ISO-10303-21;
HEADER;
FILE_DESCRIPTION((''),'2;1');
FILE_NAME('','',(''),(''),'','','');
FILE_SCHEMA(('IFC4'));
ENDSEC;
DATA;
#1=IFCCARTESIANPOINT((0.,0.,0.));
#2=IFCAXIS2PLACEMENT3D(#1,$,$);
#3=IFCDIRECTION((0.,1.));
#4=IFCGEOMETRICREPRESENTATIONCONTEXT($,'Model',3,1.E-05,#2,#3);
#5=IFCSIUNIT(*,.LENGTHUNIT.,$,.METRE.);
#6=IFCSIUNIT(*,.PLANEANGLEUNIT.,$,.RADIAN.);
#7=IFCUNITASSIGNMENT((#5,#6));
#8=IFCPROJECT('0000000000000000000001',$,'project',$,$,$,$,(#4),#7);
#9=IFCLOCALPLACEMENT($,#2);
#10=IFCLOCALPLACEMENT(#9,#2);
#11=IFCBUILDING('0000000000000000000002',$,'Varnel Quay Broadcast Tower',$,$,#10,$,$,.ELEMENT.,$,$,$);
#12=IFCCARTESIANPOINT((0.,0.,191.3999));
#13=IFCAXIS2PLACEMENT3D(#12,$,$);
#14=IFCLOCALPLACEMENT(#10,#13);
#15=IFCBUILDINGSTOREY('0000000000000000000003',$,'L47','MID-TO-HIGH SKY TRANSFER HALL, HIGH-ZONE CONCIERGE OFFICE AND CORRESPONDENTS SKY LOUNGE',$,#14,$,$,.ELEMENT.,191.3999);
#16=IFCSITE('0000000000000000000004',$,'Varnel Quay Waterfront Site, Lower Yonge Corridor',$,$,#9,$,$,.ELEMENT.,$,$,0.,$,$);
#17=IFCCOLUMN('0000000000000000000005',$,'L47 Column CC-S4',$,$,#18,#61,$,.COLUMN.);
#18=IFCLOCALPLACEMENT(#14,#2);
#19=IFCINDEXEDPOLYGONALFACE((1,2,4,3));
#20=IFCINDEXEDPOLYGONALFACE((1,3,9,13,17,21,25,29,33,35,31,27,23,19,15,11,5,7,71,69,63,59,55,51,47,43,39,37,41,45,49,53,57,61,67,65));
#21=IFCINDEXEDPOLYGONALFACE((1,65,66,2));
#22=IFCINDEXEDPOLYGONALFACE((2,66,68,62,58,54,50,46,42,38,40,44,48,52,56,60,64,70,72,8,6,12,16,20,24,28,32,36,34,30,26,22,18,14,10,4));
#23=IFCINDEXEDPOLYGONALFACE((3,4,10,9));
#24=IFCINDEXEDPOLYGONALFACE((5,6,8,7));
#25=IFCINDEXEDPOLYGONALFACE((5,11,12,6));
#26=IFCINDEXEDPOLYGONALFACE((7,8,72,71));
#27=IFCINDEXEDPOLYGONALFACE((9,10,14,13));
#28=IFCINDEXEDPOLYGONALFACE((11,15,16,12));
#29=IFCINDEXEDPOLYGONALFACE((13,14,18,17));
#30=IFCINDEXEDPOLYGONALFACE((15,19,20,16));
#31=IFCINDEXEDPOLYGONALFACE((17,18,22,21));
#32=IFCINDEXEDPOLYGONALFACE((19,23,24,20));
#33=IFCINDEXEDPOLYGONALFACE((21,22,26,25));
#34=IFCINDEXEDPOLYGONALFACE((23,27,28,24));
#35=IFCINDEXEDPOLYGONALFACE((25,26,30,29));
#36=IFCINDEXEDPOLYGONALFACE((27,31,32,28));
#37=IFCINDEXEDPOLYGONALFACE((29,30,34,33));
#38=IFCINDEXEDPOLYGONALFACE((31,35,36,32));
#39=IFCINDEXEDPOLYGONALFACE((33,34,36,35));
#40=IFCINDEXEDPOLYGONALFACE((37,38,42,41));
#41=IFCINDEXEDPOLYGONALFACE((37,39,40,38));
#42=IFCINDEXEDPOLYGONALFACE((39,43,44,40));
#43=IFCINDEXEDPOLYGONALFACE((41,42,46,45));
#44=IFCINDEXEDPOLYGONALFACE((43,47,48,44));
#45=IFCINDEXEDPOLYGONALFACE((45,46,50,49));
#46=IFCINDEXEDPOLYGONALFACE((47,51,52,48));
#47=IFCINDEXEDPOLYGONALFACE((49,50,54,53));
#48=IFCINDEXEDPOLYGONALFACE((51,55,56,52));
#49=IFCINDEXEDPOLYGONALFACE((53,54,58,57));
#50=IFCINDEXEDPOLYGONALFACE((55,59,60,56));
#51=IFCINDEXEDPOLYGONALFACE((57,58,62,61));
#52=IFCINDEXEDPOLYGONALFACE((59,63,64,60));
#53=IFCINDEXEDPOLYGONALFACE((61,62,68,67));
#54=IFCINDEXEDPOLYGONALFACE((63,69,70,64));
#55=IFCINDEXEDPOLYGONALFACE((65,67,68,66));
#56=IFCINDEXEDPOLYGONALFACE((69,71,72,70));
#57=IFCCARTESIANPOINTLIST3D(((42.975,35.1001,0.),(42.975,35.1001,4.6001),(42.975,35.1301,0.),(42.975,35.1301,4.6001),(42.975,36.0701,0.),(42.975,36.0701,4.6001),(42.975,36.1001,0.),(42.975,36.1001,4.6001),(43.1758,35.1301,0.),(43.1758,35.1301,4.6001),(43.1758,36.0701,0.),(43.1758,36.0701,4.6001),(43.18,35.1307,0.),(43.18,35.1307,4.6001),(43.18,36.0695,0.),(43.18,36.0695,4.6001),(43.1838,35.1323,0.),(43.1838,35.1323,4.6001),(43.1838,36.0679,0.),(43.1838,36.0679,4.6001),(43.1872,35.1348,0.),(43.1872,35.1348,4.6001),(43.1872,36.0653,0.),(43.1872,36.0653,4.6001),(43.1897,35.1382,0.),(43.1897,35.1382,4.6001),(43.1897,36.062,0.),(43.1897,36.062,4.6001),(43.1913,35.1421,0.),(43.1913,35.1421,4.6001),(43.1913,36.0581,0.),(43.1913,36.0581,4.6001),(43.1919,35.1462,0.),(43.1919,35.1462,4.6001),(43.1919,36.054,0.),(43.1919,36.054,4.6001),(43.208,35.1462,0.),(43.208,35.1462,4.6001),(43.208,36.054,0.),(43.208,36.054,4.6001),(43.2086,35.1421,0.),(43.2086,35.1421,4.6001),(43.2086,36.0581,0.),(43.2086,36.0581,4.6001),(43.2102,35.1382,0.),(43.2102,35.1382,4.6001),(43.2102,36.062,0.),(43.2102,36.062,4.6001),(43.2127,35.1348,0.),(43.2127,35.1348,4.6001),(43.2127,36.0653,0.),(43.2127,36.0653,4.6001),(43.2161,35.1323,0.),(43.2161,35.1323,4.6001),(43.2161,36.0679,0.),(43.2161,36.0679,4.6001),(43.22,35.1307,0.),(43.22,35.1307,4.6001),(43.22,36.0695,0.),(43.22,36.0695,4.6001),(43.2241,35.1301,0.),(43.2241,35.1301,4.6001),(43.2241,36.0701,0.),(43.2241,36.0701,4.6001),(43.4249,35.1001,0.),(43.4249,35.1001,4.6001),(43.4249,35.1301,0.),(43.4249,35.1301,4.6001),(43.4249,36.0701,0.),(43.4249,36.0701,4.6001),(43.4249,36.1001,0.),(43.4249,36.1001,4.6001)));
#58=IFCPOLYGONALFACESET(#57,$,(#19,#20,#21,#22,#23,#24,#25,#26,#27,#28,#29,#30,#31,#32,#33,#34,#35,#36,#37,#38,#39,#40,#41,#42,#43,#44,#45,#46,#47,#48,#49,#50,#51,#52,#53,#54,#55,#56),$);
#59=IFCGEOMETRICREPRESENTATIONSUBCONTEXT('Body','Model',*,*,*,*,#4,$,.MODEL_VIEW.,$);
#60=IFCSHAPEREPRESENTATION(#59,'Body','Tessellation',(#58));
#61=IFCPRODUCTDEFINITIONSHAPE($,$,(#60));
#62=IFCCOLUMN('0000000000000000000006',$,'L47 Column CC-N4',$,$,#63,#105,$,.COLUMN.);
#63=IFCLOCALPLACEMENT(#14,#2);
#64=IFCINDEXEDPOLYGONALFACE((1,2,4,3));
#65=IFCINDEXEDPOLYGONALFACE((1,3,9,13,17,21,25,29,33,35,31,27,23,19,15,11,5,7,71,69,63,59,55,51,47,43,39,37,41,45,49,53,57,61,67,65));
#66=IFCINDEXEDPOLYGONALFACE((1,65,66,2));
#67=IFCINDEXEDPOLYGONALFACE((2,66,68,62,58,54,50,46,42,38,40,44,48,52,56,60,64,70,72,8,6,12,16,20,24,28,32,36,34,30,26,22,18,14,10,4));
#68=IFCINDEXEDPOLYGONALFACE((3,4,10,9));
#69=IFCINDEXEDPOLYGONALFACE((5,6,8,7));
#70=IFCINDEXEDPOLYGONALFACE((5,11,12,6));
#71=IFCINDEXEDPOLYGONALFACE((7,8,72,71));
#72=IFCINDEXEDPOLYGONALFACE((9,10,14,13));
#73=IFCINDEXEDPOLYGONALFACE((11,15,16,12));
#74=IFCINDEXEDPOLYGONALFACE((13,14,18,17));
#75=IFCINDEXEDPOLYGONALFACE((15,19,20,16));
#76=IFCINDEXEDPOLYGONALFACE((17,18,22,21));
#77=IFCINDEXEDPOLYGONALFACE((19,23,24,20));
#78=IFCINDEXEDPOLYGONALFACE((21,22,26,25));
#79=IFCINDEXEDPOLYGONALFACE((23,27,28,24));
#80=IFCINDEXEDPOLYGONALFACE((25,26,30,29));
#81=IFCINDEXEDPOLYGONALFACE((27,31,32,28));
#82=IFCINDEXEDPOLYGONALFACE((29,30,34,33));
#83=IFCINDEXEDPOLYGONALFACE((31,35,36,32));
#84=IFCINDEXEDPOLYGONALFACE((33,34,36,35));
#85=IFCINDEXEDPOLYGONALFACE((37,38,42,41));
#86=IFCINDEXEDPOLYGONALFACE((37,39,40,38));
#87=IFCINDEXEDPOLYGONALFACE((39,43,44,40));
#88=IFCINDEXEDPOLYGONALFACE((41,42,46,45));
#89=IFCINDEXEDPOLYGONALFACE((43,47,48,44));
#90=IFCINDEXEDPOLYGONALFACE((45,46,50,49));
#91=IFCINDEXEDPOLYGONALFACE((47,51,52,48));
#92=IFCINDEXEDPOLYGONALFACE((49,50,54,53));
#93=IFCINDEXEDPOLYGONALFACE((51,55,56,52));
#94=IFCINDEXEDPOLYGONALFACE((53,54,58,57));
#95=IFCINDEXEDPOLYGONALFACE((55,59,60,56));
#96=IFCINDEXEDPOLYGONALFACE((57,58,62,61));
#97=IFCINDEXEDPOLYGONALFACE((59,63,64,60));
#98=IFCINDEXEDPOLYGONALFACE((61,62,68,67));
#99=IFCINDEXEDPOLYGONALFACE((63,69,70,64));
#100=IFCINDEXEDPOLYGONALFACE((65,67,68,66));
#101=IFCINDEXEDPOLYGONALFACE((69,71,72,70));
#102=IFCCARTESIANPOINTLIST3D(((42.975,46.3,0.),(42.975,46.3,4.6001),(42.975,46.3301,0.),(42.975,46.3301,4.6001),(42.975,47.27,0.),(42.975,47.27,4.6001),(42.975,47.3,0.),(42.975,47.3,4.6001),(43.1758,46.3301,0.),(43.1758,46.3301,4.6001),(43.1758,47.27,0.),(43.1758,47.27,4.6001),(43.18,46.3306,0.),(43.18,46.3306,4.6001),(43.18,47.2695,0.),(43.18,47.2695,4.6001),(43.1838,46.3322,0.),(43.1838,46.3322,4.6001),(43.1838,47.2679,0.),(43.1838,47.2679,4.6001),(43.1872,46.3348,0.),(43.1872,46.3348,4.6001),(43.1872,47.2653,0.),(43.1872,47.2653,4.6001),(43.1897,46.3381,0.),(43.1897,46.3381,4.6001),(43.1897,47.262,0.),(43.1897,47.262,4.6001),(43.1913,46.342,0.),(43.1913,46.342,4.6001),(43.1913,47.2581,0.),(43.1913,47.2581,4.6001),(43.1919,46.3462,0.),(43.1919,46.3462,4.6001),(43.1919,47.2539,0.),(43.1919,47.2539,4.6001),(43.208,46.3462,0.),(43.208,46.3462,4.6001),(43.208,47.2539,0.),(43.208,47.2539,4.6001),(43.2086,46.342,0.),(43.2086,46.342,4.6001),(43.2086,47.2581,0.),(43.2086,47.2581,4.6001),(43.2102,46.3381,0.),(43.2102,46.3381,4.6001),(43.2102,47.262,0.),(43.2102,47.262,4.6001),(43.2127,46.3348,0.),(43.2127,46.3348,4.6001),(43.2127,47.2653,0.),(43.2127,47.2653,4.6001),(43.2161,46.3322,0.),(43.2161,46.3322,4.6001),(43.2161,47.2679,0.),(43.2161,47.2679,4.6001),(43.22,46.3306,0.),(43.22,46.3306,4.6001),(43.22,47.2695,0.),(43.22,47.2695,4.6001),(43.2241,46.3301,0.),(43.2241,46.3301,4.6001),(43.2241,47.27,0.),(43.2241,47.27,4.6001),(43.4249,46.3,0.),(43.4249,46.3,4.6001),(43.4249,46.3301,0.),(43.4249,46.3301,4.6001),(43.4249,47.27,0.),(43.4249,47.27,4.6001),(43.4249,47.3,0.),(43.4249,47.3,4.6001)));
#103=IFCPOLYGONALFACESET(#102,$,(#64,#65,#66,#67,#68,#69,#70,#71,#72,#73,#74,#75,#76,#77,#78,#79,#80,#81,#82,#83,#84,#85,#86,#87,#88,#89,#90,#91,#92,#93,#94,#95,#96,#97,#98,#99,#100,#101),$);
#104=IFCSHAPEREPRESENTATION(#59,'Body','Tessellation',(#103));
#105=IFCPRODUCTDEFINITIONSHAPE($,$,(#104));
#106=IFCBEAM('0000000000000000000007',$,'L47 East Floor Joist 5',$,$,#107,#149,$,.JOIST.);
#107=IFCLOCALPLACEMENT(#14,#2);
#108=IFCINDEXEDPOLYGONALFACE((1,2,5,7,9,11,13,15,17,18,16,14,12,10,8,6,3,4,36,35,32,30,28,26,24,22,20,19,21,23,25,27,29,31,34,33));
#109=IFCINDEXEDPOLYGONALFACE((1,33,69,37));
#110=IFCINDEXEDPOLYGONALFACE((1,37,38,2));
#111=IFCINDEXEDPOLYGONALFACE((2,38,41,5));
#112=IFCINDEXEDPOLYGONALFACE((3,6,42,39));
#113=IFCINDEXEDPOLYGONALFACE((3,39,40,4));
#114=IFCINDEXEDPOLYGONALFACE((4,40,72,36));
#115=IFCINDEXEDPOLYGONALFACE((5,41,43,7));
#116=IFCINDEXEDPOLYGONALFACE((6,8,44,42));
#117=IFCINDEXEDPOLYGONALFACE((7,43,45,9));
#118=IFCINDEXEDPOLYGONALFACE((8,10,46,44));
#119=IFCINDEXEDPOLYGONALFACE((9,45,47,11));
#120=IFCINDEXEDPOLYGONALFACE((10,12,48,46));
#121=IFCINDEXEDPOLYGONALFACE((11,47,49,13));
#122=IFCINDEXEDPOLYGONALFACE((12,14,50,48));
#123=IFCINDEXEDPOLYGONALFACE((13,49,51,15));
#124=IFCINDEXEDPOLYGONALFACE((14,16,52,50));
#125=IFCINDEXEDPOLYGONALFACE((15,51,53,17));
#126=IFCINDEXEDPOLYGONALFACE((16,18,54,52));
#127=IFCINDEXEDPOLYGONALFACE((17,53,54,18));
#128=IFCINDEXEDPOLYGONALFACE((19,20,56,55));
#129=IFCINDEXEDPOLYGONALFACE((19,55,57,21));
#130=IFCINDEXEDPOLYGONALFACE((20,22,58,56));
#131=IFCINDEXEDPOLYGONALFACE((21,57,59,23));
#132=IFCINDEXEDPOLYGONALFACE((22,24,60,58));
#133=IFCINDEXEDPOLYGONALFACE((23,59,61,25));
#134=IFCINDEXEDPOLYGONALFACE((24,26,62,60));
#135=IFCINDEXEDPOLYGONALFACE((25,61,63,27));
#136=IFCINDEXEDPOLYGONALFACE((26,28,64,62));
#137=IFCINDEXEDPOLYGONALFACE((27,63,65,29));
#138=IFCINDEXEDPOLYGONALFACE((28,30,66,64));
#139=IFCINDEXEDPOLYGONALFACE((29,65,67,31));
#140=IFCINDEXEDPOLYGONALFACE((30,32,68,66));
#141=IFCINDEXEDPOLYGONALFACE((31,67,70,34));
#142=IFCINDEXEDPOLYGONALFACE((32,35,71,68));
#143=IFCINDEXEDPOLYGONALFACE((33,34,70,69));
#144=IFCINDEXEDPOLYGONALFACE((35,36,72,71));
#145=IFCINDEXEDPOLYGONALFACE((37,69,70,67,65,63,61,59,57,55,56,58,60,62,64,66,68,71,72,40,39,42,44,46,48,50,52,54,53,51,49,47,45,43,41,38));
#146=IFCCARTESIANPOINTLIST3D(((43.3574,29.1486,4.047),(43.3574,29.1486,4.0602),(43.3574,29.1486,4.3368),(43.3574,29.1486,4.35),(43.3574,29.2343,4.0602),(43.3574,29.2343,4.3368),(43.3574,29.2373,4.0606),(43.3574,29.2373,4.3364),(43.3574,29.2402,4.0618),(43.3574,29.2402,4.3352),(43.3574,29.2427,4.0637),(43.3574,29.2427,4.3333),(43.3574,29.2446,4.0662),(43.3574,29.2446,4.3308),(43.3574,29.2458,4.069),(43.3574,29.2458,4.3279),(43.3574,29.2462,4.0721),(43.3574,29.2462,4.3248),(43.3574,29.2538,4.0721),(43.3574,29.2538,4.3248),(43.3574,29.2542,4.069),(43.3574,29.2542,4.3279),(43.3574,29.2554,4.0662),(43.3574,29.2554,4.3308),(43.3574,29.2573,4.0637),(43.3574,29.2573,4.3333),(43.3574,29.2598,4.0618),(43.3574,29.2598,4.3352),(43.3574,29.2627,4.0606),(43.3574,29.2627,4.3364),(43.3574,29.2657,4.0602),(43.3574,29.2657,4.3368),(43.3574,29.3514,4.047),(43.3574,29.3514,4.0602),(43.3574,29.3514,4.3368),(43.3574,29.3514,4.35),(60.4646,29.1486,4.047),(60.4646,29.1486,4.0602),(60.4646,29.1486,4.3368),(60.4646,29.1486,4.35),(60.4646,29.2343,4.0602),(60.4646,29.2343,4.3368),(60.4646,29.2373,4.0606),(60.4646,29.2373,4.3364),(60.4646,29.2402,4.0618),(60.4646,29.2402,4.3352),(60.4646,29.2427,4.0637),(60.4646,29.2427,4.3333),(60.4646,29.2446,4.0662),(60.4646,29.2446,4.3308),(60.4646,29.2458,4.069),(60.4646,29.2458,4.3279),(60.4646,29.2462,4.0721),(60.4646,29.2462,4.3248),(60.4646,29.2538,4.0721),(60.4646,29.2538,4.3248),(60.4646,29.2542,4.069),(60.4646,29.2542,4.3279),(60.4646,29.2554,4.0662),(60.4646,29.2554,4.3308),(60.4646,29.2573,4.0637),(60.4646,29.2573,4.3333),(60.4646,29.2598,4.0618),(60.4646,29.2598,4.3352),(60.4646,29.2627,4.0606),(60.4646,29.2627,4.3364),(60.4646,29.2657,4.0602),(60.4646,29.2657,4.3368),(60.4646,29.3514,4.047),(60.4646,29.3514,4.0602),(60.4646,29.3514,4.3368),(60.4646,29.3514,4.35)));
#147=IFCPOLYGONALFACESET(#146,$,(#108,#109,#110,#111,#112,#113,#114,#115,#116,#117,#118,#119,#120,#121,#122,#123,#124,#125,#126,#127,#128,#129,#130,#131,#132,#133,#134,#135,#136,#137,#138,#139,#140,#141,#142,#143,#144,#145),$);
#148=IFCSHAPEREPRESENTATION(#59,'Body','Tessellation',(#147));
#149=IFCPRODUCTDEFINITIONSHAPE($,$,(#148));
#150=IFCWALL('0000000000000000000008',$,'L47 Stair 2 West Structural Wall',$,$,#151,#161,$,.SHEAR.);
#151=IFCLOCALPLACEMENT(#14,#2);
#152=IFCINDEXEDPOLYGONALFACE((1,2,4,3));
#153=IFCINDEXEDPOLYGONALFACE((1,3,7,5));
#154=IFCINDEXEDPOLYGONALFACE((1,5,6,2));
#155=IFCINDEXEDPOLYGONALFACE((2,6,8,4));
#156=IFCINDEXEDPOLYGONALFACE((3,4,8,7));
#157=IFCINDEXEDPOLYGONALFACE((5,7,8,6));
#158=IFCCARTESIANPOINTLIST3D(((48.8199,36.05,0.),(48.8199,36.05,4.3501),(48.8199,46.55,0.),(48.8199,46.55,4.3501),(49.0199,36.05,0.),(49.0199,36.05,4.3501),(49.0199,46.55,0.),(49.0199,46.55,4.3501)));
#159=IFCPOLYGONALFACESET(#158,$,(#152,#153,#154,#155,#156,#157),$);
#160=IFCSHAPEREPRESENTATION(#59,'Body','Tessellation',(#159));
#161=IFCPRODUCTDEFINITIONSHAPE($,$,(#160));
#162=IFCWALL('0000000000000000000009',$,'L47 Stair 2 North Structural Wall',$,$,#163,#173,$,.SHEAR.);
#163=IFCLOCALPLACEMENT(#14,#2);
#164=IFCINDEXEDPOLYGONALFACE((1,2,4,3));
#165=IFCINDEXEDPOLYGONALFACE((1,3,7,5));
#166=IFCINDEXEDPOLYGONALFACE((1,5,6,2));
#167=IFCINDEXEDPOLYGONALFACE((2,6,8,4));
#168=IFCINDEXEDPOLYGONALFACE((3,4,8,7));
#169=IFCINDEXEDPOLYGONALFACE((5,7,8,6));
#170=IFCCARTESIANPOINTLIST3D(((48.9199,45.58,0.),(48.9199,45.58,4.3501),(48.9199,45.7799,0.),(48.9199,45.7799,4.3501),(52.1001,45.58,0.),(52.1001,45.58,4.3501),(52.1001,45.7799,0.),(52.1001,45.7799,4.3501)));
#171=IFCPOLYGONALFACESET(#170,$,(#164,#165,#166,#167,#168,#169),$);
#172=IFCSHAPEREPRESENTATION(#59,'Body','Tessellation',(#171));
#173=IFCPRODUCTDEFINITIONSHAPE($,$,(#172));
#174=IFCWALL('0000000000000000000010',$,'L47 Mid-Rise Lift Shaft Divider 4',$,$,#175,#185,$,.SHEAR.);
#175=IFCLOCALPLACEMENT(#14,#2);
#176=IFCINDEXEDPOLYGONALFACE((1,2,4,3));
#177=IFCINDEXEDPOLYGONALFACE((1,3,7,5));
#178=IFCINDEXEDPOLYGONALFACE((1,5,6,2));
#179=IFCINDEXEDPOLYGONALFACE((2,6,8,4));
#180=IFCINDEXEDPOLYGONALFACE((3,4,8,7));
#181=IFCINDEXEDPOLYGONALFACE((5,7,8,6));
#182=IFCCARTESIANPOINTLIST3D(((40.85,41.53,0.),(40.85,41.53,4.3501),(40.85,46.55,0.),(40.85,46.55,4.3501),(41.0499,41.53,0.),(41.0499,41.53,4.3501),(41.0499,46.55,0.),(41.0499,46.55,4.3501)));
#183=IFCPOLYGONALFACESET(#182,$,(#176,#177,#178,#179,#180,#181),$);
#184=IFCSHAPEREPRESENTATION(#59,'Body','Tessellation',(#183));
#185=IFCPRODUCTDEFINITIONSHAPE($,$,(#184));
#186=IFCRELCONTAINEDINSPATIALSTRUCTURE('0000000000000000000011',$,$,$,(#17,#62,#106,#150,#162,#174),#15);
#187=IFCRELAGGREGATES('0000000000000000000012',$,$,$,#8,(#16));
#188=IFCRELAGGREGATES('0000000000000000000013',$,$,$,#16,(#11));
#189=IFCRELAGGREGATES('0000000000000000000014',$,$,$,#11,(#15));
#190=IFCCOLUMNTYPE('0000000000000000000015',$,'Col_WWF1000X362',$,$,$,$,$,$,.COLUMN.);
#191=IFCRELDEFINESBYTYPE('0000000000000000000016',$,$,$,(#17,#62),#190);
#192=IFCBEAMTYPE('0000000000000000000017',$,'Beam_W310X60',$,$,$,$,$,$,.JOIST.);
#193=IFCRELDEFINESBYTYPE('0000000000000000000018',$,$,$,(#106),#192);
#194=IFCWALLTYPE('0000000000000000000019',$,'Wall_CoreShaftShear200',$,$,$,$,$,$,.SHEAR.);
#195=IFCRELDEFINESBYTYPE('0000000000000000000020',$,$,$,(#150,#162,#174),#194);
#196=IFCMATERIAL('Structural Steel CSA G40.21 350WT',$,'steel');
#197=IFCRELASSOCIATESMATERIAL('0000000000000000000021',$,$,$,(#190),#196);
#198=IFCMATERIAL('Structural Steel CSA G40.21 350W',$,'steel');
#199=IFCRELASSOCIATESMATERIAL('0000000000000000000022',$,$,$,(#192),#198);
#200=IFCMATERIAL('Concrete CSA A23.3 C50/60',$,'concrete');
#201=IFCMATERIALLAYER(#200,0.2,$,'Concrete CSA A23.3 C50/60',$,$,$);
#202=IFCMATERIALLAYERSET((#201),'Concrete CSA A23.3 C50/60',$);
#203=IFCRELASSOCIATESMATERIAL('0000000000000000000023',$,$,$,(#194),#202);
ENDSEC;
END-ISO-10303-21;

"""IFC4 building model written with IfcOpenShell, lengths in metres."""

from ifc_helpers import new_model, si_unit, direction, frame, frame_2d, origin, origin_2d, place, context, subcontext, project, spatial, rectangle, i_section, extrude, source, transform, mapped, material, layer, layer_set, material_profile, profile_set, type_object, type_shapes, element, save


model = new_model("IFC4")

# Units and contexts
model_context = context("Model", 3, precision=1e-05, world=origin(), true_north=direction((0.0, 1.0)))
body_context = subcontext(model_context, "Body", "Model", "MODEL_VIEW")
ifc_project = project(units=[si_unit("LENGTHUNIT", "METRE"), si_unit("PLANEANGLEUNIT", "RADIAN")], contexts=[model_context])

# Site, building, storey
site_placement = place(None, origin())
site = spatial("IfcSite", under=ifc_project, at=site_placement, Name="Varnel Quay Waterfront Site, Lower Yonge Corridor", CompositionType="ELEMENT", RefElevation=0.0)
building_placement = place(site_placement, origin())
building = spatial("IfcBuilding", under=site, at=building_placement, Name="Varnel Quay Broadcast Tower", CompositionType="ELEMENT")
storey_placement = place(building_placement, frame((0.0, 0.0, 191.3999)))
storey = spatial("IfcBuildingStorey", under=building, at=storey_placement, Name="L47", Description="MID-TO-HIGH SKY TRANSFER HALL, HIGH-ZONE CONCIERGE OFFICE AND CORRESPONDENTS SKY LOUNGE", CompositionType="ELEMENT", Elevation=191.3999)

# Columns
ifc_material_1 = material(Name="Structural Steel CSA G40.21 350WT", Category="steel")
ifc_material_profile_1 = material_profile(ifc_material_1, i_section(OverallWidth=0.45, OverallDepth=1.0, WebThickness=0.0161, FlangeThickness=0.03, FilletRadius=0.0161, at=origin_2d()), Name="WWF1000X362")
ifc_profile_set_1 = profile_set([ifc_material_profile_1], Name="Structural Steel CSA G40.21 350WT")
column_type = type_object("IfcColumnType", Name="Col_WWF1000X362", PredefinedType="COLUMN", material=ifc_profile_set_1)
shared_shape_1 = source(origin(), body_context, "Body", "SweptSolid", [
    extrude(i_section(OverallWidth=0.45, OverallDepth=1.0, WebThickness=0.0161, FlangeThickness=0.03, FilletRadius=0.0161, at=origin_2d()), origin(), (0.0, 0.0, 1.0), 4.6001),
])
type_shapes(column_type, [shared_shape_1])
for number, where, z_axis, x_axis, name in (
    (1, (43.2, 35.6001, 0.0), (0.0, 0.0, 1.0), (1.0, 0.0, 0.0), "L47 Column CC-S4"),
    (2, (43.2, 46.8, 0.0), (0.0, 0.0, 1.0), (1.0, 0.0, 0.0), "L47 Column CC-N4"),
):
    element("IfcColumn", number, at=place(storey_placement, frame(where, z_axis=z_axis, x_axis=x_axis)), inside=storey, type_object=column_type, Name=name, PredefinedType="COLUMN", context=body_context, shape_type="MappedRepresentation", body=[
        mapped(shared_shape_1, transform((0.0, 0.0, 0.0), x_axis=(1.0, 0.0, 0.0), y_axis=(0.0, 1.0, 0.0), z_axis=(0.0, 0.0, 1.0), scale=1.0)),
    ])

# Beam
ifc_material_2 = material(Name="Structural Steel CSA G40.21 350W", Category="steel")
ifc_material_profile_2 = material_profile(ifc_material_2, i_section(OverallWidth=0.2029, OverallDepth=0.303, WebThickness=0.0076, FlangeThickness=0.0132, FilletRadius=0.012, at=origin_2d()), Name="W310X60")
ifc_profile_set_2 = profile_set([ifc_material_profile_2], Name="Structural Steel CSA G40.21 350W")
beam_type = type_object("IfcBeamType", Name="Beam_W310X60", PredefinedType="JOIST", material=ifc_profile_set_2)
shared_shape_2 = source(origin(), body_context, "Body", "SweptSolid", [
    extrude(i_section(OverallWidth=0.2029, OverallDepth=0.303, WebThickness=0.0076, FlangeThickness=0.0132, FilletRadius=0.012, at=origin_2d()), origin(), (0.0, 0.0, 1.0), 17.1072),
])
type_shapes(beam_type, [shared_shape_2])
beam_placement = place(storey_placement, frame((43.3574, 29.25, 4.1985), z_axis=(1.0, 0.0, 0.0), x_axis=(0.0, 1.0, 0.0)))
element("IfcBeam", 3, at=beam_placement, inside=storey, type_object=beam_type, Name="L47 East Floor Joist 5", PredefinedType="JOIST", context=body_context, shape_type="MappedRepresentation", body=[
    mapped(shared_shape_2, transform((0.0, 0.0, 0.0), x_axis=(1.0, 0.0, 0.0), y_axis=(0.0, 1.0, 0.0), z_axis=(0.0, 0.0, 1.0), scale=1.0)),
])

# Walls
ifc_material_3 = material(Name="Concrete CSA A23.3 C50/60", Category="concrete")
ifc_layer_1 = layer(ifc_material_3, 0.2, Name="Concrete CSA A23.3 C50/60")
ifc_layer_set_1 = layer_set([ifc_layer_1], Name="Concrete CSA A23.3 C50/60")
wall_type_1 = type_object("IfcWallType", Name="Wall_CoreShaftShear200", PredefinedType="SHEAR", material=ifc_layer_set_1)
wall_1_placement = place(storey_placement, frame((48.9199, 36.05, 0.0), z_axis=(0.0, 0.0, 1.0), x_axis=(0.0, 1.0, 0.0)))
element("IfcWall", 4, at=wall_1_placement, inside=storey, type_object=wall_type_1, Name="L47 Stair 2 West Structural Wall", PredefinedType="SHEAR", context=body_context, shape_type="SweptSolid", body=[
    extrude(rectangle(XDim=10.5, YDim=0.2, at=frame_2d((5.25, 0.0))), origin(), (0.0, 0.0, 1.0), 4.3501),
])
wall_2_placement = place(storey_placement, frame((48.9199, 45.6799, 0.0), z_axis=(0.0, 0.0, 1.0), x_axis=(1.0, 0.0, 0.0)))
element("IfcWall", 5, at=wall_2_placement, inside=storey, type_object=wall_type_1, Name="L47 Stair 2 North Structural Wall", PredefinedType="SHEAR", context=body_context, shape_type="SweptSolid", body=[
    extrude(rectangle(XDim=3.1802, YDim=0.2, at=frame_2d((1.5901, 0.0))), origin(), (0.0, 0.0, 1.0), 4.3501),
])
wall_3_placement = place(storey_placement, frame((40.95, 41.53, 0.0), z_axis=(0.0, 0.0, 1.0), x_axis=(0.0, 1.0, 0.0)))
element("IfcWall", 6, at=wall_3_placement, inside=storey, type_object=wall_type_1, Name="L47 Mid-Rise Lift Shaft Divider 4", PredefinedType="SHEAR", context=body_context, shape_type="SweptSolid", body=[
    extrude(rectangle(XDim=5.02, YDim=0.2, at=frame_2d((2.51, 0.0))), origin(), (0.0, 0.0, 1.0), 4.3501),
])

save(model, "model.ifc")
